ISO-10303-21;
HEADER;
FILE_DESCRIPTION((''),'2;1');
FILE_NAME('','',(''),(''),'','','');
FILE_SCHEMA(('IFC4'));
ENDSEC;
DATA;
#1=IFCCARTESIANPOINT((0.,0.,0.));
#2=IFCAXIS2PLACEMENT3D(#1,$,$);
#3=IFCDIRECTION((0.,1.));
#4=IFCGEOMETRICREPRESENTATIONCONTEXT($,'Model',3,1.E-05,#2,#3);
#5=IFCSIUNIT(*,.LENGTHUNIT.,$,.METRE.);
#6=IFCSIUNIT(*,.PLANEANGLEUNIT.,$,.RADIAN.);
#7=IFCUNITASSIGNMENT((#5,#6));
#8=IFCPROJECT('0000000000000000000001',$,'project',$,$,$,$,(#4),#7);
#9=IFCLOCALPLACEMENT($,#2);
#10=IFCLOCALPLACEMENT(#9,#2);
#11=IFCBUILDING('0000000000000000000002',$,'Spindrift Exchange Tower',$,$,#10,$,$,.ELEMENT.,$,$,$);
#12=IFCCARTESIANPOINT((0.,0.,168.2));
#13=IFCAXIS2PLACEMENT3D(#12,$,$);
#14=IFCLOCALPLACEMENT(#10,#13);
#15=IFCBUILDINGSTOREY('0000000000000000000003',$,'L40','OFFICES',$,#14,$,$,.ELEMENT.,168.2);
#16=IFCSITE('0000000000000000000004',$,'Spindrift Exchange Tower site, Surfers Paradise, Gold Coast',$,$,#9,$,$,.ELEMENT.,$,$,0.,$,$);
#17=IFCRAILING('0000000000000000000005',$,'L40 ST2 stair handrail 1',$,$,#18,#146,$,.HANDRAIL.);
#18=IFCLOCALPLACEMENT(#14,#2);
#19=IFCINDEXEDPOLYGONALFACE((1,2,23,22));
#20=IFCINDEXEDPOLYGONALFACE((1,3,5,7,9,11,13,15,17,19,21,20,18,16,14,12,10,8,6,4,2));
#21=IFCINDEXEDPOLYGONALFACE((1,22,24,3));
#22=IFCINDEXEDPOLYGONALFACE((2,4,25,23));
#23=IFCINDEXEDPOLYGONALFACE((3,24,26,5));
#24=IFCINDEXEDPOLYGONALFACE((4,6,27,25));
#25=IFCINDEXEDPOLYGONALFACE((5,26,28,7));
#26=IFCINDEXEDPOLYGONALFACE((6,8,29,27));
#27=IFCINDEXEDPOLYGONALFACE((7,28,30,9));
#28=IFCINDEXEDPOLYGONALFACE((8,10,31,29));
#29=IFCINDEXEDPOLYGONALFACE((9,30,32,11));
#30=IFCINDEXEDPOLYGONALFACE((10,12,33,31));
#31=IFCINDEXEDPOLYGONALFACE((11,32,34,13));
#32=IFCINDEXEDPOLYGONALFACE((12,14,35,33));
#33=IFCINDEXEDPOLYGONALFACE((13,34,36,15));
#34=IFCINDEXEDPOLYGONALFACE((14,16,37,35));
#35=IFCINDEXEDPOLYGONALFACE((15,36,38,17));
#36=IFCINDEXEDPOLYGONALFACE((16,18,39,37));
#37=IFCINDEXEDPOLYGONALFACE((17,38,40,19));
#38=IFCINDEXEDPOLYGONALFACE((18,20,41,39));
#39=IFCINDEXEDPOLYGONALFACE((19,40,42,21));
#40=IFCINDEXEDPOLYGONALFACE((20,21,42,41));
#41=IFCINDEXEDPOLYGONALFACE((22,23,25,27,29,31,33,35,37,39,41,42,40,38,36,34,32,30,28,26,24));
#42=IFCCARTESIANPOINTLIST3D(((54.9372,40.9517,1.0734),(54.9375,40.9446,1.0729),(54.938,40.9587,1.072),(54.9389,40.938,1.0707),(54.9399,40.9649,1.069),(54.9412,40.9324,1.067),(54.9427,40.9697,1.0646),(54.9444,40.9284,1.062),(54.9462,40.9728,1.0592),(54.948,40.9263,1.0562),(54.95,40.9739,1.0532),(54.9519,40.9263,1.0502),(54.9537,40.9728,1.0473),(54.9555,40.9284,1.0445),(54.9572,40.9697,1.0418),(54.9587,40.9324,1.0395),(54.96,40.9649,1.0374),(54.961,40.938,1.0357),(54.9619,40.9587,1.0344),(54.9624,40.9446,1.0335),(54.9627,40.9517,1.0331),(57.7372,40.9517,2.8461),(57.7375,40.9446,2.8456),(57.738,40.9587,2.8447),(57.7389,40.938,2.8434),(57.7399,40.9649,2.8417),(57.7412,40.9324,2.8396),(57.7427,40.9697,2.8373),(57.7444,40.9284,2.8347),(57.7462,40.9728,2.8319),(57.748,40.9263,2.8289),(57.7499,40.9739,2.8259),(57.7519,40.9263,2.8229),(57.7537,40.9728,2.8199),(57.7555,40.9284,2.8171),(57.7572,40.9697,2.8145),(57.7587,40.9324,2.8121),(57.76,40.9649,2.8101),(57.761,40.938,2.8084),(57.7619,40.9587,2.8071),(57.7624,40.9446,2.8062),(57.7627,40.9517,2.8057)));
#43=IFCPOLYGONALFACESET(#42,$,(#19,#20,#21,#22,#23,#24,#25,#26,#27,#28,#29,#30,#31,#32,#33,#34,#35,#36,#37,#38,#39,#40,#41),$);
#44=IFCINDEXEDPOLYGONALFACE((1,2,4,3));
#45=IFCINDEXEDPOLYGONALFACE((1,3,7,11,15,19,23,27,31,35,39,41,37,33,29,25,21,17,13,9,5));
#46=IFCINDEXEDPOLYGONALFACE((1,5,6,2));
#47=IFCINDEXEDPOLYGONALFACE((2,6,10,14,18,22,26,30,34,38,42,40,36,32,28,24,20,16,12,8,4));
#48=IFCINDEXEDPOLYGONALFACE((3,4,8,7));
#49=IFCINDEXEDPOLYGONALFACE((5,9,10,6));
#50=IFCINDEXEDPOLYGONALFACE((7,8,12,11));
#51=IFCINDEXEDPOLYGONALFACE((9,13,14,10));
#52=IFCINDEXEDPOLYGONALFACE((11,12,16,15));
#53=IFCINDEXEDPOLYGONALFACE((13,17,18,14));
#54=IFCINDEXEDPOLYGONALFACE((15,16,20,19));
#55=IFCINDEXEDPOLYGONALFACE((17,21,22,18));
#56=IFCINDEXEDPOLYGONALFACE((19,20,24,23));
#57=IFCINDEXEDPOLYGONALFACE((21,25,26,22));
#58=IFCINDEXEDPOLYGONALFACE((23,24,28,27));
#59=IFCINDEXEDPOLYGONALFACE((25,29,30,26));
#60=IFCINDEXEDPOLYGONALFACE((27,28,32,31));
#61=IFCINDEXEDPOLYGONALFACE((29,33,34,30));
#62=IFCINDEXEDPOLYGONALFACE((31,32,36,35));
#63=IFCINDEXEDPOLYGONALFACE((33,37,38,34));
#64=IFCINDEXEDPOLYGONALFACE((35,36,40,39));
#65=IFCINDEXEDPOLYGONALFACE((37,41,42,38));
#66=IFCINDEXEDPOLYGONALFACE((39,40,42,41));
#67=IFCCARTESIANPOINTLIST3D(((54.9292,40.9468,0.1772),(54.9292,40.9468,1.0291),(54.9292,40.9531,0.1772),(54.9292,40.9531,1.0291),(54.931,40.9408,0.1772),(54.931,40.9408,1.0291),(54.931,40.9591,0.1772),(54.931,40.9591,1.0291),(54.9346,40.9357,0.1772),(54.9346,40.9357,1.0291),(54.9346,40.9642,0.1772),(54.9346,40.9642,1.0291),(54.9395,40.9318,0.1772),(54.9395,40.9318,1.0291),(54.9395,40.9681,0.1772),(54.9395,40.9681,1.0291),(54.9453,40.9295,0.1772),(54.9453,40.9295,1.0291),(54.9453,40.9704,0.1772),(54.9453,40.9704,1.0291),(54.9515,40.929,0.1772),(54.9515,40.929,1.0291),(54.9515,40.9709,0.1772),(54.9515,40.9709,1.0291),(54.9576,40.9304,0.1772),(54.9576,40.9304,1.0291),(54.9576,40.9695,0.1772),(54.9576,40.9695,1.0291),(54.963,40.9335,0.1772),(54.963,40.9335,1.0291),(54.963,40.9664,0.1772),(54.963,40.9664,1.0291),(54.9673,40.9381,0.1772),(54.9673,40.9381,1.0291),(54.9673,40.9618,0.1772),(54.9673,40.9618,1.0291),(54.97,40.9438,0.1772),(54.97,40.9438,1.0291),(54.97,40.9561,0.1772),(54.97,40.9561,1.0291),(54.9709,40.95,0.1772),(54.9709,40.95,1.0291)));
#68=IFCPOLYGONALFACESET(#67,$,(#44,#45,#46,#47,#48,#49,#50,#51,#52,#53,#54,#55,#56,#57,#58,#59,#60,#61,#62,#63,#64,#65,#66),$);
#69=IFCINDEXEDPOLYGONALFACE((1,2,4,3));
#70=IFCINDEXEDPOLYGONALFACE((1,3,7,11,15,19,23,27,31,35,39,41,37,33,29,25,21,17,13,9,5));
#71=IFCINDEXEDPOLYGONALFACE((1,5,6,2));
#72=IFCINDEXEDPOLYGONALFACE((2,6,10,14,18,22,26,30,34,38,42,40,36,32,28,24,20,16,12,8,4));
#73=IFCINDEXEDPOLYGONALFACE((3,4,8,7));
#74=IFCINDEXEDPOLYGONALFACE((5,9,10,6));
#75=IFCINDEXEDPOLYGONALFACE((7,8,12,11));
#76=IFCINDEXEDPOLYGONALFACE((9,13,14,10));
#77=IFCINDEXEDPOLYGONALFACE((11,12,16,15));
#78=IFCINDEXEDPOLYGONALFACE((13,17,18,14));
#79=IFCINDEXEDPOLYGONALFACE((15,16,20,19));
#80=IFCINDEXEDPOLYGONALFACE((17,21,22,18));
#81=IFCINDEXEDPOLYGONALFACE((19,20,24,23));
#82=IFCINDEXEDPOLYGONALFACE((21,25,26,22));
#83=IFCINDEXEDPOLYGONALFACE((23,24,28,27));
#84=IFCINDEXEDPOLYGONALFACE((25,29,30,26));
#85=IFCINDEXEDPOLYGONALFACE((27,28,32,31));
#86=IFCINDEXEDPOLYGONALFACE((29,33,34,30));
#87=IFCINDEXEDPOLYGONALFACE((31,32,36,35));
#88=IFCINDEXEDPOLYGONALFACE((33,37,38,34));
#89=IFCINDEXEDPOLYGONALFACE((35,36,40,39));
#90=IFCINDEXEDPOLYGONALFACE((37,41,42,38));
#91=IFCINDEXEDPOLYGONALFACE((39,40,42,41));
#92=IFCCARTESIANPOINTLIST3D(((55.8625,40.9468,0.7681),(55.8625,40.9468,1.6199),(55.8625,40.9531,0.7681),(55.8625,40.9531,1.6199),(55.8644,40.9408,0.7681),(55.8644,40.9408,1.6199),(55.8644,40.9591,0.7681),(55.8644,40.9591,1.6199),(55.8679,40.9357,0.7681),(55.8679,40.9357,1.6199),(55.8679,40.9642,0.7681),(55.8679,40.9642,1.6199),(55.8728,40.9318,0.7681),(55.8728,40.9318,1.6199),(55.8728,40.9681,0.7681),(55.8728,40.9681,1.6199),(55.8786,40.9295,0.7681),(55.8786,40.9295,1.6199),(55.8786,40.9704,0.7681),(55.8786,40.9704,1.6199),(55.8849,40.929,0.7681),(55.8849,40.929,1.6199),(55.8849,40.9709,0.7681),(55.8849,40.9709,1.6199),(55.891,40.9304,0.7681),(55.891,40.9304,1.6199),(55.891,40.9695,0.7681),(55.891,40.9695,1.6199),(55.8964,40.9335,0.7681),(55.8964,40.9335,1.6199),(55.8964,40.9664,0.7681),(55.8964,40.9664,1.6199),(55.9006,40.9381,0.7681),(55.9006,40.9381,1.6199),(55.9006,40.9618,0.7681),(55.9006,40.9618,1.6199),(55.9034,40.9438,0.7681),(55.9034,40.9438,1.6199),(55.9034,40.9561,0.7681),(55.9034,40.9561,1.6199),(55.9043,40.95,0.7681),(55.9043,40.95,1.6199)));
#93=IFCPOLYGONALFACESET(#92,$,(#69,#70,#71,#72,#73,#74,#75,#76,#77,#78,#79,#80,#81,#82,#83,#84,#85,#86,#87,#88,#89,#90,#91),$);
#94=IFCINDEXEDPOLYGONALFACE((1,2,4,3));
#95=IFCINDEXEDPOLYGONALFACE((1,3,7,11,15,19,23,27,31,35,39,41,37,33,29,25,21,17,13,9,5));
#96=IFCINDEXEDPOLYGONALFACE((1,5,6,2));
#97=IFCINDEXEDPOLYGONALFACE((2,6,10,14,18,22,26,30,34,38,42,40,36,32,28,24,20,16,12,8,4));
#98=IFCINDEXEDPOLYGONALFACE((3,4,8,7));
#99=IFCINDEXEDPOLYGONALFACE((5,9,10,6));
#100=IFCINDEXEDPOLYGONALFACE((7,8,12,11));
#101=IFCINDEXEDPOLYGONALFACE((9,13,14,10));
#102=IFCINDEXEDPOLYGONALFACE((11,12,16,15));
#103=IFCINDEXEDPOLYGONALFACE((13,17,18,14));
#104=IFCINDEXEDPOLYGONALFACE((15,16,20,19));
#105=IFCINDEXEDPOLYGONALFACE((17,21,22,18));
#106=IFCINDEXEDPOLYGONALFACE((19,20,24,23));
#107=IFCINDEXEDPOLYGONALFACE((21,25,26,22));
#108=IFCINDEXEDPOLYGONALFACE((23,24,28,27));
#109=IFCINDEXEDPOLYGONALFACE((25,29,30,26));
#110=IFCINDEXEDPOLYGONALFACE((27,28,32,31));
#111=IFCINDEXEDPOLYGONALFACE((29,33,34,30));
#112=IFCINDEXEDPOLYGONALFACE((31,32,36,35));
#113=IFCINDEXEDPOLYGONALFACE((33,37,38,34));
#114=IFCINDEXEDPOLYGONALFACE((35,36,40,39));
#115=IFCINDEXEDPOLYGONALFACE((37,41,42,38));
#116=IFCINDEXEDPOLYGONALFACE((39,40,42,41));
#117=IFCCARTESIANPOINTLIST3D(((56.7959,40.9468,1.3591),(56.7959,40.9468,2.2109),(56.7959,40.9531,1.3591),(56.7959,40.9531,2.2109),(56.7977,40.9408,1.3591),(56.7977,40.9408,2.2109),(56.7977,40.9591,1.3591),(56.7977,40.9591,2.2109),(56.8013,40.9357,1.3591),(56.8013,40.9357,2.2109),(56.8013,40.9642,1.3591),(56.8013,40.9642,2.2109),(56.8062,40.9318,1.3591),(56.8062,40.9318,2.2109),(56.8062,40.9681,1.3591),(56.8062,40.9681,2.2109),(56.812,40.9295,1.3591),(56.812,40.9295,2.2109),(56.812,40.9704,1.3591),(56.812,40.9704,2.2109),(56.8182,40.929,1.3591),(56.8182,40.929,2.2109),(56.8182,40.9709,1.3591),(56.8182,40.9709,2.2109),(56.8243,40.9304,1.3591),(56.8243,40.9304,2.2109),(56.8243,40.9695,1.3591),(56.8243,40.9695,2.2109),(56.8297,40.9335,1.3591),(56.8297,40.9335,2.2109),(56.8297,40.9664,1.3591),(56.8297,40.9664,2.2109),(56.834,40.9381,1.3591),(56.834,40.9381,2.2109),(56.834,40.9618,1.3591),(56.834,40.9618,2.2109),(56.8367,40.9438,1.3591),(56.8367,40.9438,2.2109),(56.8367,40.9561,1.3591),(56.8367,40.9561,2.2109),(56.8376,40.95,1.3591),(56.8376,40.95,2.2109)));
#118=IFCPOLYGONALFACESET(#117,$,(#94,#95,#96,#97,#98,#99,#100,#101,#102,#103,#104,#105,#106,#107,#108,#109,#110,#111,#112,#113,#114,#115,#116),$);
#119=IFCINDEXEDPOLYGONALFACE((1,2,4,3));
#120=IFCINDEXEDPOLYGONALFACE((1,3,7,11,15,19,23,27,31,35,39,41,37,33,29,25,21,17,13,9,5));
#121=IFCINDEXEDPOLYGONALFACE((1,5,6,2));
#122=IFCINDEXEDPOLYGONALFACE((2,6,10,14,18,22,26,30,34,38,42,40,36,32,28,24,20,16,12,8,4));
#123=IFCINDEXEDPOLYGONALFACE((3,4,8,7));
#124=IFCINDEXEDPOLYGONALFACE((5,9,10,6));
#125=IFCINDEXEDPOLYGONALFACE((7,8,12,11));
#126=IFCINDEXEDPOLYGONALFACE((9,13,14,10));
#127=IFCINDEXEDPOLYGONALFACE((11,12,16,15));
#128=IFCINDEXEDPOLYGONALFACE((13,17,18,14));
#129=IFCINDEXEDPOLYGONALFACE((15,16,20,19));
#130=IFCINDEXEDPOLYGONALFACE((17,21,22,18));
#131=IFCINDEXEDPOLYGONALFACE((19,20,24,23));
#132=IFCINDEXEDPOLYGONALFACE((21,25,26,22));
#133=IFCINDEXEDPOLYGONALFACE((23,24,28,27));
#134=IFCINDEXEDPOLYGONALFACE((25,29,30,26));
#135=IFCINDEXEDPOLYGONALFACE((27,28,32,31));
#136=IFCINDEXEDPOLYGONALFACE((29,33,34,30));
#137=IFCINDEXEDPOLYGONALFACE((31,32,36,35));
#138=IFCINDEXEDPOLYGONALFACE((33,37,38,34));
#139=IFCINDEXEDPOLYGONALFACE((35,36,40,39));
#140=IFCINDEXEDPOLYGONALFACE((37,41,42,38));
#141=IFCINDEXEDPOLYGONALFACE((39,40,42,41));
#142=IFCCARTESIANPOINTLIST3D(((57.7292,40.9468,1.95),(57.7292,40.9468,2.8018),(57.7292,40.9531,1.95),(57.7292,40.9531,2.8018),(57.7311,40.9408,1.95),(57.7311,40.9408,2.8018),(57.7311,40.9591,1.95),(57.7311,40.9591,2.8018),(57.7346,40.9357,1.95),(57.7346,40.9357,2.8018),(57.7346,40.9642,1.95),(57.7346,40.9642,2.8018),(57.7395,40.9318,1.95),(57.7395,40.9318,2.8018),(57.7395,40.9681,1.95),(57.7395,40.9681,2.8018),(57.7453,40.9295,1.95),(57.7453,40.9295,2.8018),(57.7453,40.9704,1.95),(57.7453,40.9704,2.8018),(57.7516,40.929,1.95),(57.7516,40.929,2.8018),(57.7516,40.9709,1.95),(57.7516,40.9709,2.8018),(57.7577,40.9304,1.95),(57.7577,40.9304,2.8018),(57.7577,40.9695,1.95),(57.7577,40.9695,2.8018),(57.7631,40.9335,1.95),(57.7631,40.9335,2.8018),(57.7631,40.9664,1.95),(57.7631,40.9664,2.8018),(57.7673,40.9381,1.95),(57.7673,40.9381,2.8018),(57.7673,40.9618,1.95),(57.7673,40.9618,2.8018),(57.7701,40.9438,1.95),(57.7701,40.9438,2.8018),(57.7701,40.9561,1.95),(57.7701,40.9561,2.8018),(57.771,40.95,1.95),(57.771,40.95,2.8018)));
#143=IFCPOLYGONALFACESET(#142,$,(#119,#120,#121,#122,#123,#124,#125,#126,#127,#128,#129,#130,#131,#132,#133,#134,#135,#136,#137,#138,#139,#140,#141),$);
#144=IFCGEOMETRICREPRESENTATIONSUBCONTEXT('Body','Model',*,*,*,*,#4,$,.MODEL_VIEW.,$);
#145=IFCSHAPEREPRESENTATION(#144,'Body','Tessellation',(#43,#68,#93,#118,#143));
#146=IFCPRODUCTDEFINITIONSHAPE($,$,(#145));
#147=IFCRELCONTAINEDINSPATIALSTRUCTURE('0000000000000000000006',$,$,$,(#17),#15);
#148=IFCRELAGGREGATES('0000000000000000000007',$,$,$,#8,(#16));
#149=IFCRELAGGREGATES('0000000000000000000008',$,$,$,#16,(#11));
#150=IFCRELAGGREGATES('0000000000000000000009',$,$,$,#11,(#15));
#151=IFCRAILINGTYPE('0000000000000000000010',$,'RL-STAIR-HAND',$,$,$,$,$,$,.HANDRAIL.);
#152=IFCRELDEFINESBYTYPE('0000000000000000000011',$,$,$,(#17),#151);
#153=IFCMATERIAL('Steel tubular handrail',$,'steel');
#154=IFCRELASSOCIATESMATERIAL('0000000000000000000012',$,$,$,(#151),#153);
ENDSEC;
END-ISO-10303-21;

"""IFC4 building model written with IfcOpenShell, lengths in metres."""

from ifc_helpers import new_model, si_unit, direction, frame, origin, origin_2d, place, context, subcontext, project, spatial, circle, extrude, material, type_object, element, save


model = new_model("IFC4")

# Units and contexts
model_context = context("Model", 3, precision=1e-05, world=origin(), true_north=direction((0.0, 1.0)))
body_context = subcontext(model_context, "Body", "Model", "MODEL_VIEW")
ifc_project = project(units=[si_unit("LENGTHUNIT", "METRE"), si_unit("PLANEANGLEUNIT", "RADIAN")], contexts=[model_context])

# Site, building, storey
site_placement = place(None, origin())
site = spatial("IfcSite", under=ifc_project, at=site_placement, Name="Spindrift Exchange Tower site, Surfers Paradise, Gold Coast", CompositionType="ELEMENT", RefElevation=0.0)
building_placement = place(site_placement, origin())
building = spatial("IfcBuilding", under=site, at=building_placement, Name="Spindrift Exchange Tower", CompositionType="ELEMENT")
storey_placement = place(building_placement, frame((0.0, 0.0, 168.2)))
storey = spatial("IfcBuildingStorey", under=building, at=storey_placement, Name="L40", Description="OFFICES", CompositionType="ELEMENT", Elevation=168.2)

# Railing
ifc_material_1 = material(Name="Steel tubular handrail", Category="steel")
railing_type_1 = type_object("IfcRailingType", Name="RL-STAIR-HAND", PredefinedType="HANDRAIL", material=ifc_material_1)
railing_1_placement = place(storey_placement, frame((54.95, 40.95, 0.1772)))
element("IfcRailing", 1, at=railing_1_placement, inside=storey, type_object=railing_type_1, Name="L40 ST2 stair handrail 1", PredefinedType="HANDRAIL", context=body_context, shape_type="SweptSolid", body=[
    extrude(circle(Radius=0.0239, at=origin_2d()), frame((0.0, 0.0, 0.876), z_axis=(0.844909, 0.0, 0.53491), x_axis=(0.0, 1.0, 0.0)), (0.0, 0.0, 1.0), 3.314),
    extrude(circle(Radius=0.021, at=origin_2d()), origin(), (0.0, 0.0, 1.0), 0.8518),
    extrude(circle(Radius=0.021, at=origin_2d()), frame((0.9333, 0.0, 0.5908)), (0.0, 0.0, 1.0), 0.8518),
    extrude(circle(Radius=0.021, at=origin_2d()), frame((1.8667, 0.0, 1.1819)), (0.0, 0.0, 1.0), 0.8518),
    extrude(circle(Radius=0.021, at=origin_2d()), frame((2.8, 0.0, 1.7727)), (0.0, 0.0, 1.0), 0.8518),
])

save(model, "model.ifc")
